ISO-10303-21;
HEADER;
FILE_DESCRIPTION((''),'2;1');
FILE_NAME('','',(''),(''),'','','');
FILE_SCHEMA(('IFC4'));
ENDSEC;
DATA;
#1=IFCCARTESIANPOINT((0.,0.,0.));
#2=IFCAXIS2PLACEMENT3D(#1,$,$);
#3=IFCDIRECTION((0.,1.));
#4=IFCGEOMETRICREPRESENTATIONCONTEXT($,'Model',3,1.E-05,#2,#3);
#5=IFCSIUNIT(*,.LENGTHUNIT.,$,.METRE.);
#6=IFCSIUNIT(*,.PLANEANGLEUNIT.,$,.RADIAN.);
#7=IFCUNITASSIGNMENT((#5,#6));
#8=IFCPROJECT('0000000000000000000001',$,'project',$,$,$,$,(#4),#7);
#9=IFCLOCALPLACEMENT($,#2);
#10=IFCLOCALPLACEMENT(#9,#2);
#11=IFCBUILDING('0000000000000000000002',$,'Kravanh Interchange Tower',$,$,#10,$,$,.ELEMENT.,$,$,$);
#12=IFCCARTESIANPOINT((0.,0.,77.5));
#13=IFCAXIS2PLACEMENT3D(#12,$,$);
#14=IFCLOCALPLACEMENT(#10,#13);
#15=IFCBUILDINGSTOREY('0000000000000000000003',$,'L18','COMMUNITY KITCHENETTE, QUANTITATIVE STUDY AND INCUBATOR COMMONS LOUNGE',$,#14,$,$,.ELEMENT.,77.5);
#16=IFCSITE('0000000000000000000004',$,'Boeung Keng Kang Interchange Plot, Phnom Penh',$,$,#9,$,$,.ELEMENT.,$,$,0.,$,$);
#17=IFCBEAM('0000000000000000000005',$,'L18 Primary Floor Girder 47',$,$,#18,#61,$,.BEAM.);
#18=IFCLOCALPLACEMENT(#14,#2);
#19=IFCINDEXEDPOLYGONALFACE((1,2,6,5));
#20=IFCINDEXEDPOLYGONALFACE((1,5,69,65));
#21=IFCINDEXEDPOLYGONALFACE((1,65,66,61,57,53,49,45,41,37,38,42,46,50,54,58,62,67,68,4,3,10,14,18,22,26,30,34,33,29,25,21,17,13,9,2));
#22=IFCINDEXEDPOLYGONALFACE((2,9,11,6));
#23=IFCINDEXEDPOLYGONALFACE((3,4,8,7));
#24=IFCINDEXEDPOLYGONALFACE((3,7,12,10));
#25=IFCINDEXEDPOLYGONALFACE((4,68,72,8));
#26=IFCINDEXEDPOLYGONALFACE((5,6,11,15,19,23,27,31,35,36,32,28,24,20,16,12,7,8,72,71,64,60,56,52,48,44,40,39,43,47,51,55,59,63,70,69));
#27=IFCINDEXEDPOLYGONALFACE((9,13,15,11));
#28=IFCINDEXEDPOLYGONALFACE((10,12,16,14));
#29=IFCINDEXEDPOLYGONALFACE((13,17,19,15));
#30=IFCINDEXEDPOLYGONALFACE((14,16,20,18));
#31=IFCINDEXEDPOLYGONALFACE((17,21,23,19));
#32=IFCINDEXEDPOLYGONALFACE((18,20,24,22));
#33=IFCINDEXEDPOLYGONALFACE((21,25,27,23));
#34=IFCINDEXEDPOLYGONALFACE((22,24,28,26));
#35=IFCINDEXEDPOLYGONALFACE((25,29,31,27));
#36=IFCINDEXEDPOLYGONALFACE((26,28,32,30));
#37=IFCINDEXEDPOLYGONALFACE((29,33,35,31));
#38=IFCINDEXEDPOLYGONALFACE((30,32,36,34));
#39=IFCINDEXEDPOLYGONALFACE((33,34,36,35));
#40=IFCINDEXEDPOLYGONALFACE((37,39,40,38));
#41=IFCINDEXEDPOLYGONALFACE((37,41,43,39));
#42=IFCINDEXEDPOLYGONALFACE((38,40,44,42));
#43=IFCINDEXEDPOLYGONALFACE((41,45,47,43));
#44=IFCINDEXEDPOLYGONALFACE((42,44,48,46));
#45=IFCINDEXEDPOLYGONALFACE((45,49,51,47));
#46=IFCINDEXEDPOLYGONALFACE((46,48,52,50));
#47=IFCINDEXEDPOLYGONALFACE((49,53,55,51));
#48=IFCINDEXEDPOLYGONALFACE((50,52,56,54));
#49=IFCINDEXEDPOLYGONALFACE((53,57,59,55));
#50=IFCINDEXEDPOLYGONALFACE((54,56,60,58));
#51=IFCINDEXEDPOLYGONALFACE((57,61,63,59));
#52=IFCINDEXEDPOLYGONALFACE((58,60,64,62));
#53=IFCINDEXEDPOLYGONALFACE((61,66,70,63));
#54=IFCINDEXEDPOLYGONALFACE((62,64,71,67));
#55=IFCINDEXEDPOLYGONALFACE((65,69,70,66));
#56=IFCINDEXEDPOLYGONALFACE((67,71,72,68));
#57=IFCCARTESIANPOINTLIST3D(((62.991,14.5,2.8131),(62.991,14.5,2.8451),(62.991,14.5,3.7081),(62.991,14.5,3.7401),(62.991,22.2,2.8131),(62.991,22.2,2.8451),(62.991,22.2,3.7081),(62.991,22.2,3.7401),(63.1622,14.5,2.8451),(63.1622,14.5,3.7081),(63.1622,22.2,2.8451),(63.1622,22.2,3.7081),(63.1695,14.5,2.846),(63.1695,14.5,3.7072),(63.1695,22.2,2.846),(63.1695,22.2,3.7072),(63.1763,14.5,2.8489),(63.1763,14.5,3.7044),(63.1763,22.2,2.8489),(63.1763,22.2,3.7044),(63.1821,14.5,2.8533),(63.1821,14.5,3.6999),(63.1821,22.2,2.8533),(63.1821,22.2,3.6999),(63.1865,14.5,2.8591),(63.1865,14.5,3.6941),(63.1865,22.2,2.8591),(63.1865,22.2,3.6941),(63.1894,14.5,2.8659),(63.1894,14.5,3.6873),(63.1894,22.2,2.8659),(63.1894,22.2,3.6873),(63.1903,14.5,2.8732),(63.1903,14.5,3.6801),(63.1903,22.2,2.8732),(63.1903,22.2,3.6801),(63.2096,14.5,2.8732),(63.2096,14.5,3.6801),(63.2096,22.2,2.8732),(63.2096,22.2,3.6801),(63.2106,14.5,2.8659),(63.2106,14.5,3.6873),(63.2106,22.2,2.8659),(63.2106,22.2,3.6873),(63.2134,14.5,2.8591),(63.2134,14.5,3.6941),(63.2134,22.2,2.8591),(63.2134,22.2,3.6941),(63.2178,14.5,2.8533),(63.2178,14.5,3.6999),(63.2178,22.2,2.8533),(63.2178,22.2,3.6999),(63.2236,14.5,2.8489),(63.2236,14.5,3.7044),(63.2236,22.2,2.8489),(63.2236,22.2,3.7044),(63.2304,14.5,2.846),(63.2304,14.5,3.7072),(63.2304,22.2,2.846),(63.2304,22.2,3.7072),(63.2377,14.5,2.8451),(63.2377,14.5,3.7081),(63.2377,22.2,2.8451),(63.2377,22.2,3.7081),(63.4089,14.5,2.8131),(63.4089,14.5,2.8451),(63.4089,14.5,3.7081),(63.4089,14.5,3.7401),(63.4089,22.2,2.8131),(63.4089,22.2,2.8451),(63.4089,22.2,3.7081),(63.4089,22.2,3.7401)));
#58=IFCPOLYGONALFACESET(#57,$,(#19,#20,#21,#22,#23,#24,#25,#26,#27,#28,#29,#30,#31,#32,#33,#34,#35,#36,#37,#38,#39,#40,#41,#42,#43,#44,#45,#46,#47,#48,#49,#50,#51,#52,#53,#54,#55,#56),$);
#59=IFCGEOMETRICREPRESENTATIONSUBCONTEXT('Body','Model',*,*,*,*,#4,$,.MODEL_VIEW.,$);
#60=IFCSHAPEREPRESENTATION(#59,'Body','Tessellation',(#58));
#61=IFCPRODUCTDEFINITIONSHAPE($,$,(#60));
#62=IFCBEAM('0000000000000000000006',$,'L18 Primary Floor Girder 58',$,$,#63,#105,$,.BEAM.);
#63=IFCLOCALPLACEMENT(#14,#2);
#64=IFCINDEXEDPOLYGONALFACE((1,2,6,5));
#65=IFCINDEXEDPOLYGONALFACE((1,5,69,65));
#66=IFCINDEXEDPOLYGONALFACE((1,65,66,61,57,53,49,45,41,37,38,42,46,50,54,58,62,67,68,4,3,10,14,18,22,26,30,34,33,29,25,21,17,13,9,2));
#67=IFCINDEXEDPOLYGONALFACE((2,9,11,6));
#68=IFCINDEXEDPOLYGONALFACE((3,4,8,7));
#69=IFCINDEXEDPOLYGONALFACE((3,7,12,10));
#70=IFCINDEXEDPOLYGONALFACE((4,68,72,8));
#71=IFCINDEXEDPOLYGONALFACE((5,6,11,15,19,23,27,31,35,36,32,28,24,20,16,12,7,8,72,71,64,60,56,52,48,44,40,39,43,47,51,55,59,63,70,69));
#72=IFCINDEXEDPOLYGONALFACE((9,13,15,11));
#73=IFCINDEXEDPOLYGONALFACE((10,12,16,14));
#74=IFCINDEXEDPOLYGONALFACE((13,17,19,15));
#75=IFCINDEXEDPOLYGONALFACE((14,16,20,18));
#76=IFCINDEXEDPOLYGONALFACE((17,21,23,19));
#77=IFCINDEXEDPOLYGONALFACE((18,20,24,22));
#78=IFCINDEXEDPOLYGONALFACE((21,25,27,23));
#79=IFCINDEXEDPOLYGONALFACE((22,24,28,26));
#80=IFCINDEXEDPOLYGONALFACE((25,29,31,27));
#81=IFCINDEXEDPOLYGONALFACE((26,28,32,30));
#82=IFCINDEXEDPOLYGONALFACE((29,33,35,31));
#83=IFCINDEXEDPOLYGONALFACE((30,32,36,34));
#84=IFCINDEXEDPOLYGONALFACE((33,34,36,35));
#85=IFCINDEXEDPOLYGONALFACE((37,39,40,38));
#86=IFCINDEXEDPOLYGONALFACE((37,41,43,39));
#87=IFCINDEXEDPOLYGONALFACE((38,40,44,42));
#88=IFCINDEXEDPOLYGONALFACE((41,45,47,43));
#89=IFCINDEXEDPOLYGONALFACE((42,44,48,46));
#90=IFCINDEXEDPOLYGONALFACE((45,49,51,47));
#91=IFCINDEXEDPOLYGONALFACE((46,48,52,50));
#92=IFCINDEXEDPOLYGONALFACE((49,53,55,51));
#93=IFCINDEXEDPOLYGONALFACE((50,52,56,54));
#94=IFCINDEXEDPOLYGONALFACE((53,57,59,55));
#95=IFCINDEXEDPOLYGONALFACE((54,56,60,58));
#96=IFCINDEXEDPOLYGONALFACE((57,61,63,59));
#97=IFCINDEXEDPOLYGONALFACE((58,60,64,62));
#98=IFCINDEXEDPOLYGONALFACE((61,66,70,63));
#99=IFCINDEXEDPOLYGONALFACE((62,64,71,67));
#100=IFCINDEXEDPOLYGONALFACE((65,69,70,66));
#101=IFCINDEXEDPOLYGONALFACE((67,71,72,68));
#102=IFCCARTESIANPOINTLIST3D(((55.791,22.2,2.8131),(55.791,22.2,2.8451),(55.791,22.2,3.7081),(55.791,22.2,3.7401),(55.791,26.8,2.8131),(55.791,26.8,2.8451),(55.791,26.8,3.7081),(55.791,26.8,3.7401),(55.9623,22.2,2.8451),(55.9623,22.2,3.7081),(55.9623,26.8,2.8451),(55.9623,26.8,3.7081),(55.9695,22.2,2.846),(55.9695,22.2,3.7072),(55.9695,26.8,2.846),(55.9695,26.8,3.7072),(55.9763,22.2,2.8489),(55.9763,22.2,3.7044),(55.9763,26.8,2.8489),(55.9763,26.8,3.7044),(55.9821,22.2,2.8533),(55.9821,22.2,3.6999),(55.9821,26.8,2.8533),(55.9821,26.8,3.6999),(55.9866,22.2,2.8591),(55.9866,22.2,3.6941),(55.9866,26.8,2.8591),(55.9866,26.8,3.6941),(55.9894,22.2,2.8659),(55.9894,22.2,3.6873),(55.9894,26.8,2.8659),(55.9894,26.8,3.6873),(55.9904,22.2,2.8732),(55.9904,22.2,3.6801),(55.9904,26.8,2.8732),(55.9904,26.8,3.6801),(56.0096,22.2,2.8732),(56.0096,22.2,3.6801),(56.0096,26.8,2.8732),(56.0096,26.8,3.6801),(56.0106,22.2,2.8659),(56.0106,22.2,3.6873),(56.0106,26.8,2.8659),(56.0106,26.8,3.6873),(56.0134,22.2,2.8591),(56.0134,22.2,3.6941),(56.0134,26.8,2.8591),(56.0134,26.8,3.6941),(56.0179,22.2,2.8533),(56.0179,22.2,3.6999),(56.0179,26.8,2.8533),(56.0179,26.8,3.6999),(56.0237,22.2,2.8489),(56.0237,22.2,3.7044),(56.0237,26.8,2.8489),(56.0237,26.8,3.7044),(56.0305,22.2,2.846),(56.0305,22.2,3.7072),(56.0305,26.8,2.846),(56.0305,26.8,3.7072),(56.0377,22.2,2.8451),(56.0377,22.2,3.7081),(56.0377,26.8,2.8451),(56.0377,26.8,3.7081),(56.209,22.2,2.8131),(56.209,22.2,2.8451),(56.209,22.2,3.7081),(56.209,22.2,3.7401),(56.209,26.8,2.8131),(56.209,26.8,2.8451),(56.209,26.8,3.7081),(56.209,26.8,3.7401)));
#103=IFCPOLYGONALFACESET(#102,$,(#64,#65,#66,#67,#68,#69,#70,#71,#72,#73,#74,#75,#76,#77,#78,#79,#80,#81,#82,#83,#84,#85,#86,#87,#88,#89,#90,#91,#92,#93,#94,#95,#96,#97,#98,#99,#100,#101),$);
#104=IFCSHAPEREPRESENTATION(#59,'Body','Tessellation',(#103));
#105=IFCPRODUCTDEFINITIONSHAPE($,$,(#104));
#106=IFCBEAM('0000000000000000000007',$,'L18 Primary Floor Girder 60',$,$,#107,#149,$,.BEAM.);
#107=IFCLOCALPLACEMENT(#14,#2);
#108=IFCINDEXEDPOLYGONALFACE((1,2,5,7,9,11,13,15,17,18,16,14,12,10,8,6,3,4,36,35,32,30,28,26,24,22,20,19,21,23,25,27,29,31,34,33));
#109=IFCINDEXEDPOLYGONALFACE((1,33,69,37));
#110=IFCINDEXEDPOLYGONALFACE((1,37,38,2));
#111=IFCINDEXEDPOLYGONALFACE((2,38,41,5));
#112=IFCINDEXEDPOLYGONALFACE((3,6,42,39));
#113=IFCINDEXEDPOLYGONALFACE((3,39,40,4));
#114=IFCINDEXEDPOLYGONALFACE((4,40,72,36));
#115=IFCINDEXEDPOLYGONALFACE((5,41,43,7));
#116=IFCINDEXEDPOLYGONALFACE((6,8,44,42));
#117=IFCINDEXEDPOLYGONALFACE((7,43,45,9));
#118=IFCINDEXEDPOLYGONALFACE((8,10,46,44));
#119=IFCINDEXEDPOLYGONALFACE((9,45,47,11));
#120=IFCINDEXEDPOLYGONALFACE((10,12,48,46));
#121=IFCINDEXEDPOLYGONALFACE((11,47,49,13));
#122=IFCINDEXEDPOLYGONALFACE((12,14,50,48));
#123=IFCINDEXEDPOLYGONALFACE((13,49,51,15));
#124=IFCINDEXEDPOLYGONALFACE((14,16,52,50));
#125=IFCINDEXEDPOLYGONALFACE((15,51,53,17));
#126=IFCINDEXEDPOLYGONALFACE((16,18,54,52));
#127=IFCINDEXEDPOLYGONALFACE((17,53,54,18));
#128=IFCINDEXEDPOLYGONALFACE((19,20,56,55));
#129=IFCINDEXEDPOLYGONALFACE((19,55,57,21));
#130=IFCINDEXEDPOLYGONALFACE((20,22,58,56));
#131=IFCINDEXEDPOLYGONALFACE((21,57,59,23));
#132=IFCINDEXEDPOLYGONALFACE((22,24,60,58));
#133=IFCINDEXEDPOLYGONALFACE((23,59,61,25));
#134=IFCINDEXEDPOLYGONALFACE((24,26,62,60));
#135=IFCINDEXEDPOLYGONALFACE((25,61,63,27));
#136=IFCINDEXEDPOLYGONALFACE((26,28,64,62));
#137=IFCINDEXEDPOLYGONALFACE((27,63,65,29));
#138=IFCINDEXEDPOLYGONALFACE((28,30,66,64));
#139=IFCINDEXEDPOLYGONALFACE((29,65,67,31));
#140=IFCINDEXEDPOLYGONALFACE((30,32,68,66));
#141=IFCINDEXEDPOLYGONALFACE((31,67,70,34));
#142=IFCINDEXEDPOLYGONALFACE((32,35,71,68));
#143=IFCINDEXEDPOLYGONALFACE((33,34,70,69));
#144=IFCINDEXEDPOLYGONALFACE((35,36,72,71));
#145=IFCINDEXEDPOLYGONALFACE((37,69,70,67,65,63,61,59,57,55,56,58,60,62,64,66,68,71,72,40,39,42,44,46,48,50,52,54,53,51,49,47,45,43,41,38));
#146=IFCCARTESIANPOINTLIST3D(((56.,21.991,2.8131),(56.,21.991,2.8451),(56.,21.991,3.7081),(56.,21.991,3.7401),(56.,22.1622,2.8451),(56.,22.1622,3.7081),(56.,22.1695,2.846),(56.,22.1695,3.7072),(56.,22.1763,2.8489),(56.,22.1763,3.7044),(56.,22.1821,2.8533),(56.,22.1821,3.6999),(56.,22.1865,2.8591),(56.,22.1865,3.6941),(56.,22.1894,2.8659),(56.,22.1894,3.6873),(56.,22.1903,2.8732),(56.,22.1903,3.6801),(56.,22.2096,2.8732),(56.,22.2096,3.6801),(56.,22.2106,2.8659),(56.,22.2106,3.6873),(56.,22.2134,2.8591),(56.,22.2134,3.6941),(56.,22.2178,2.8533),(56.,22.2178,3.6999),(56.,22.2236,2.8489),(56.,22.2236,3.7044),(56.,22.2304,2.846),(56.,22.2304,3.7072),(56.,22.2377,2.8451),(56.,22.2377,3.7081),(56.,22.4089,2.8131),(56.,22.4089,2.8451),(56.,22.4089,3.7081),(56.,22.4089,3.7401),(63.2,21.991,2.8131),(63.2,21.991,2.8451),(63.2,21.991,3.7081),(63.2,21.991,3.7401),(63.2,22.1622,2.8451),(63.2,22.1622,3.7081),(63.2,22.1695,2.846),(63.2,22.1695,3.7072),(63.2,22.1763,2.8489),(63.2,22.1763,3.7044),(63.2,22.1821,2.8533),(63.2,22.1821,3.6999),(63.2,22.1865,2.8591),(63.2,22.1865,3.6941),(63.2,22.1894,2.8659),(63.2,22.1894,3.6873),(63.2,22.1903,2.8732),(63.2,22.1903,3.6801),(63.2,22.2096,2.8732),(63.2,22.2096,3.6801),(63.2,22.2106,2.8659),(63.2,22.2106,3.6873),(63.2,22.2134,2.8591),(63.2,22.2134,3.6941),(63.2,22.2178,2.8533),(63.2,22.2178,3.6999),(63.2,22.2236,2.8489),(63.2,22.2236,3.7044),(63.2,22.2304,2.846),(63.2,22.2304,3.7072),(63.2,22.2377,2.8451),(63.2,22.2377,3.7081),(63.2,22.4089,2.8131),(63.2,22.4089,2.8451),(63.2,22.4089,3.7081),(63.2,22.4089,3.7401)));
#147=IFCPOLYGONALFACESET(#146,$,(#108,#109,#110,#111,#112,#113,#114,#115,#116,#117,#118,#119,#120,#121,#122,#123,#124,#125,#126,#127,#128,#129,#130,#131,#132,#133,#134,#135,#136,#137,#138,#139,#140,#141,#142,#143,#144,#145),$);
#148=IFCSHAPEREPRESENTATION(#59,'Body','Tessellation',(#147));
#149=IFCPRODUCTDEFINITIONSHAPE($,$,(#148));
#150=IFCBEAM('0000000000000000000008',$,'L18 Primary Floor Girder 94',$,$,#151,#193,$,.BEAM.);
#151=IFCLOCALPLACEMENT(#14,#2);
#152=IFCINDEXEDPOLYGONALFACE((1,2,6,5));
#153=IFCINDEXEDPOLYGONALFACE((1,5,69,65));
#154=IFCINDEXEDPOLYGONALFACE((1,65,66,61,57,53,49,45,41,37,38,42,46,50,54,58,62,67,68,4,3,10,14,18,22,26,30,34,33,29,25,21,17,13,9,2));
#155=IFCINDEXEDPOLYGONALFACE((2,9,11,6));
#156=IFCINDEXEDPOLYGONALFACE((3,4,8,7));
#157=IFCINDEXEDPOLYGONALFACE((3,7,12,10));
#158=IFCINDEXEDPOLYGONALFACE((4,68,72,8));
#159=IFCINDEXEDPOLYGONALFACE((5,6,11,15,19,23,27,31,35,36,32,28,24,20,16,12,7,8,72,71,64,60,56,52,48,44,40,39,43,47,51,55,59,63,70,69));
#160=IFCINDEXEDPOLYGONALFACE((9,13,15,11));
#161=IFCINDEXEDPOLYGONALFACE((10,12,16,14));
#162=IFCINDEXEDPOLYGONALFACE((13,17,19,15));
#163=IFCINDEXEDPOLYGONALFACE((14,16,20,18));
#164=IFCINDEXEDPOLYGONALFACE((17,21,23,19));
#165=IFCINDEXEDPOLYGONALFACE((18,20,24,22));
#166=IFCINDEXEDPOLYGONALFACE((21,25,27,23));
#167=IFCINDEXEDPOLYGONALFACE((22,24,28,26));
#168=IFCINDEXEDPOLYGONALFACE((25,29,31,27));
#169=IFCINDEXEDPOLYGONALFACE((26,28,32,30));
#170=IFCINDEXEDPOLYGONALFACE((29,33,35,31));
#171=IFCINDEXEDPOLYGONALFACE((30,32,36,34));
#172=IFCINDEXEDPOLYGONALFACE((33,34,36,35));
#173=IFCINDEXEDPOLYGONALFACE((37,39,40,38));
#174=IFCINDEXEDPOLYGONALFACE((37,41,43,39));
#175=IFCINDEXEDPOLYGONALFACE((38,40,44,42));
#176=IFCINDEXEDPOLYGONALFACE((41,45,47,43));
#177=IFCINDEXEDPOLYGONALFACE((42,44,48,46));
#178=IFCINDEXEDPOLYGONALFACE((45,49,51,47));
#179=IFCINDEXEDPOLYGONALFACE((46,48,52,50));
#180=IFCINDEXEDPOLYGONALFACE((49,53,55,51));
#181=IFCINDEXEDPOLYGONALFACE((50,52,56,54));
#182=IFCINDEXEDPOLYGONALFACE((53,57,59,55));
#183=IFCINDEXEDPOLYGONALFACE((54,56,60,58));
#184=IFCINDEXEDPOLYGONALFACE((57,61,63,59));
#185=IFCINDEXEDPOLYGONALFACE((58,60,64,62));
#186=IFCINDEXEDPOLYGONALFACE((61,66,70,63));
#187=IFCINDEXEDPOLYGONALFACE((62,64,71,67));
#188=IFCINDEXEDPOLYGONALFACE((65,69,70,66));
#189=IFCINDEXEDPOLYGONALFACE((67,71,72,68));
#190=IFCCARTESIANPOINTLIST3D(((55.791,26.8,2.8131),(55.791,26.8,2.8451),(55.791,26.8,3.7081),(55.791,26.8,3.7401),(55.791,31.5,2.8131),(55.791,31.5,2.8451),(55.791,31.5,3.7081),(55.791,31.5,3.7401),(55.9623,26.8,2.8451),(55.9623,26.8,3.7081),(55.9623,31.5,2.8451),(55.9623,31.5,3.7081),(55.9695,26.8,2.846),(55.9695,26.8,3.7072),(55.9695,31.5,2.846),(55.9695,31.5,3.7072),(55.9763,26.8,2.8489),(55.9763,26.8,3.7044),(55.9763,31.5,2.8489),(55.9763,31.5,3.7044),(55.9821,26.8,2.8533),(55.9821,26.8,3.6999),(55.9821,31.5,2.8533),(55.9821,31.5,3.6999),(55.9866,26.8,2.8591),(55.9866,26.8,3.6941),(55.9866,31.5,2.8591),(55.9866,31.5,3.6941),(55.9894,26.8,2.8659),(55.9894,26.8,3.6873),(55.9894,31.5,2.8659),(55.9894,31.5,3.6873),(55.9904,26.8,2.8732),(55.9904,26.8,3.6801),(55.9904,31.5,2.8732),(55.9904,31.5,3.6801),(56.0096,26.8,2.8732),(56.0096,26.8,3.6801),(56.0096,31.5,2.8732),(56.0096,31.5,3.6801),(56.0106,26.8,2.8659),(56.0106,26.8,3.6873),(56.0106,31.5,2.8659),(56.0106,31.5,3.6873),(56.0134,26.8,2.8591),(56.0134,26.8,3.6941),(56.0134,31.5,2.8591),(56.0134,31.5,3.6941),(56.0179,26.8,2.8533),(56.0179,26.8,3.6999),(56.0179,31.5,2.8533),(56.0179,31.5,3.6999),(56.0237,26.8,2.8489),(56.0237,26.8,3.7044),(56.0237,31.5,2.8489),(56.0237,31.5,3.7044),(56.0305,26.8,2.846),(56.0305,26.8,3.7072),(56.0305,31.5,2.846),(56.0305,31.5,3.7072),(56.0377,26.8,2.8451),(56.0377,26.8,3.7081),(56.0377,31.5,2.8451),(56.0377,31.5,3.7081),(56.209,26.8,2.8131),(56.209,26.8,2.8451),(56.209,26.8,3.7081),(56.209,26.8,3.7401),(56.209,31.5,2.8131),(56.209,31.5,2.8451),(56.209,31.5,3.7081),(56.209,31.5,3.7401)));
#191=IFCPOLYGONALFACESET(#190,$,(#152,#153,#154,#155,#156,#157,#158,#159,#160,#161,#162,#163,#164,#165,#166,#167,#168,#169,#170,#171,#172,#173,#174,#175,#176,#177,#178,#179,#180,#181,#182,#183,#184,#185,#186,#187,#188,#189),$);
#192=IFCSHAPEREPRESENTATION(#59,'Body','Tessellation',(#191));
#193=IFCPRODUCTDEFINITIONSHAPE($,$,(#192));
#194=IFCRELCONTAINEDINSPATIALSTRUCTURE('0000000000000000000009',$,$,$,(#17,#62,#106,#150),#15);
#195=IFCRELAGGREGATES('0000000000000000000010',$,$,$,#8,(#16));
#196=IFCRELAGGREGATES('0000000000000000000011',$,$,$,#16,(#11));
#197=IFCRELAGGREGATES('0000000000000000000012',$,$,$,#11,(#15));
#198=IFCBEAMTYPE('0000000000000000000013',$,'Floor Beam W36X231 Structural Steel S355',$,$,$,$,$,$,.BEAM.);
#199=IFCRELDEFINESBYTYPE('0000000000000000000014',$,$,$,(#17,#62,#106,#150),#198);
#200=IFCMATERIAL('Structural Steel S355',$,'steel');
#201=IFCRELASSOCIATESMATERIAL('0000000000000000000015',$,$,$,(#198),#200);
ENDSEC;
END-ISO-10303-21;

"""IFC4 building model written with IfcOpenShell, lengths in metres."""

from ifc_helpers import new_model, si_unit, direction, frame, origin, origin_2d, place, context, subcontext, project, spatial, i_section, extrude, material, material_profile, profile_set, type_object, element, save


model = new_model("IFC4")

# Units and contexts
model_context = context("Model", 3, precision=1e-05, world=origin(), true_north=direction((0.0, 1.0)))
body_context = subcontext(model_context, "Body", "Model", "MODEL_VIEW")
ifc_project = project(units=[si_unit("LENGTHUNIT", "METRE"), si_unit("PLANEANGLEUNIT", "RADIAN")], contexts=[model_context])

# Site, building, storey
site_placement = place(None, origin())
site = spatial("IfcSite", under=ifc_project, at=site_placement, Name="Boeung Keng Kang Interchange Plot, Phnom Penh", CompositionType="ELEMENT", RefElevation=0.0)
building_placement = place(site_placement, origin())
building = spatial("IfcBuilding", under=site, at=building_placement, Name="Kravanh Interchange Tower", CompositionType="ELEMENT")
storey_placement = place(building_placement, frame((0.0, 0.0, 77.5)))
storey = spatial("IfcBuildingStorey", under=building, at=storey_placement, Name="L18", Description="COMMUNITY KITCHENETTE, QUANTITATIVE STUDY AND INCUBATOR COMMONS LOUNGE", CompositionType="ELEMENT", Elevation=77.5)

# Beams
ifc_material_1 = material(Name="Structural Steel S355", Category="steel")
ifc_material_profile_1 = material_profile(ifc_material_1, i_section(OverallWidth=0.418, OverallDepth=0.927, WebThickness=0.0193, FlangeThickness=0.032, FilletRadius=0.0281, at=origin_2d()), Name="W36X231")
ifc_profile_set_1 = profile_set([ifc_material_profile_1], Name="Structural Steel S355")
beam_type_1 = type_object("IfcBeamType", Name="Floor Beam W36X231 Structural Steel S355", PredefinedType="BEAM", material=ifc_profile_set_1)
for number, where, z_axis, x_axis, name in (
    (1, (63.2, 14.5, 3.2766), (0.0, 1.0, 0.0), (-1.0, 0.0, 0.0), "L18 Primary Floor Girder 47"),
):
    element("IfcBeam", number, at=place(storey_placement, frame(where, z_axis=z_axis, x_axis=x_axis)), inside=storey, type_object=beam_type_1, Name=name, PredefinedType="BEAM", context=body_context, shape_type="SweptSolid", body=[
        extrude(i_section(OverallWidth=0.418, OverallDepth=0.927, WebThickness=0.0193, FlangeThickness=0.032, FilletRadius=0.0281, at=origin_2d()), origin(), (0.0, 0.0, 1.0), 7.7),
    ])
beam_1_placement = place(storey_placement, frame((56.0, 22.2, 3.2766), z_axis=(0.0, 1.0, 0.0), x_axis=(-1.0, 0.0, 0.0)))
element("IfcBeam", 2, at=beam_1_placement, inside=storey, type_object=beam_type_1, Name="L18 Primary Floor Girder 58", PredefinedType="BEAM", context=body_context, shape_type="SweptSolid", body=[
    extrude(i_section(OverallWidth=0.418, OverallDepth=0.927, WebThickness=0.0193, FlangeThickness=0.032, FilletRadius=0.0281, at=origin_2d()), origin(), (0.0, 0.0, 1.0), 4.6001),
])
beam_2_placement = place(storey_placement, frame((56.0, 22.2, 3.2766), z_axis=(1.0, 0.0, 0.0), x_axis=(0.0, 1.0, 0.0)))
element("IfcBeam", 3, at=beam_2_placement, inside=storey, type_object=beam_type_1, Name="L18 Primary Floor Girder 60", PredefinedType="BEAM", context=body_context, shape_type="SweptSolid", body=[
    extrude(i_section(OverallWidth=0.418, OverallDepth=0.927, WebThickness=0.0193, FlangeThickness=0.032, FilletRadius=0.0281, at=origin_2d()), origin(), (0.0, 0.0, 1.0), 7.2),
])
beam_3_placement = place(storey_placement, frame((56.0, 26.8, 3.2766), z_axis=(0.0, 1.0, 0.0), x_axis=(-1.0, 0.0, 0.0)))
element("IfcBeam", 4, at=beam_3_placement, inside=storey, type_object=beam_type_1, Name="L18 Primary Floor Girder 94", PredefinedType="BEAM", context=body_context, shape_type="SweptSolid", body=[
    extrude(i_section(OverallWidth=0.418, OverallDepth=0.927, WebThickness=0.0193, FlangeThickness=0.032, FilletRadius=0.0281, at=origin_2d()), origin(), (0.0, 0.0, 1.0), 4.7),
])

save(model, "model.ifc")
